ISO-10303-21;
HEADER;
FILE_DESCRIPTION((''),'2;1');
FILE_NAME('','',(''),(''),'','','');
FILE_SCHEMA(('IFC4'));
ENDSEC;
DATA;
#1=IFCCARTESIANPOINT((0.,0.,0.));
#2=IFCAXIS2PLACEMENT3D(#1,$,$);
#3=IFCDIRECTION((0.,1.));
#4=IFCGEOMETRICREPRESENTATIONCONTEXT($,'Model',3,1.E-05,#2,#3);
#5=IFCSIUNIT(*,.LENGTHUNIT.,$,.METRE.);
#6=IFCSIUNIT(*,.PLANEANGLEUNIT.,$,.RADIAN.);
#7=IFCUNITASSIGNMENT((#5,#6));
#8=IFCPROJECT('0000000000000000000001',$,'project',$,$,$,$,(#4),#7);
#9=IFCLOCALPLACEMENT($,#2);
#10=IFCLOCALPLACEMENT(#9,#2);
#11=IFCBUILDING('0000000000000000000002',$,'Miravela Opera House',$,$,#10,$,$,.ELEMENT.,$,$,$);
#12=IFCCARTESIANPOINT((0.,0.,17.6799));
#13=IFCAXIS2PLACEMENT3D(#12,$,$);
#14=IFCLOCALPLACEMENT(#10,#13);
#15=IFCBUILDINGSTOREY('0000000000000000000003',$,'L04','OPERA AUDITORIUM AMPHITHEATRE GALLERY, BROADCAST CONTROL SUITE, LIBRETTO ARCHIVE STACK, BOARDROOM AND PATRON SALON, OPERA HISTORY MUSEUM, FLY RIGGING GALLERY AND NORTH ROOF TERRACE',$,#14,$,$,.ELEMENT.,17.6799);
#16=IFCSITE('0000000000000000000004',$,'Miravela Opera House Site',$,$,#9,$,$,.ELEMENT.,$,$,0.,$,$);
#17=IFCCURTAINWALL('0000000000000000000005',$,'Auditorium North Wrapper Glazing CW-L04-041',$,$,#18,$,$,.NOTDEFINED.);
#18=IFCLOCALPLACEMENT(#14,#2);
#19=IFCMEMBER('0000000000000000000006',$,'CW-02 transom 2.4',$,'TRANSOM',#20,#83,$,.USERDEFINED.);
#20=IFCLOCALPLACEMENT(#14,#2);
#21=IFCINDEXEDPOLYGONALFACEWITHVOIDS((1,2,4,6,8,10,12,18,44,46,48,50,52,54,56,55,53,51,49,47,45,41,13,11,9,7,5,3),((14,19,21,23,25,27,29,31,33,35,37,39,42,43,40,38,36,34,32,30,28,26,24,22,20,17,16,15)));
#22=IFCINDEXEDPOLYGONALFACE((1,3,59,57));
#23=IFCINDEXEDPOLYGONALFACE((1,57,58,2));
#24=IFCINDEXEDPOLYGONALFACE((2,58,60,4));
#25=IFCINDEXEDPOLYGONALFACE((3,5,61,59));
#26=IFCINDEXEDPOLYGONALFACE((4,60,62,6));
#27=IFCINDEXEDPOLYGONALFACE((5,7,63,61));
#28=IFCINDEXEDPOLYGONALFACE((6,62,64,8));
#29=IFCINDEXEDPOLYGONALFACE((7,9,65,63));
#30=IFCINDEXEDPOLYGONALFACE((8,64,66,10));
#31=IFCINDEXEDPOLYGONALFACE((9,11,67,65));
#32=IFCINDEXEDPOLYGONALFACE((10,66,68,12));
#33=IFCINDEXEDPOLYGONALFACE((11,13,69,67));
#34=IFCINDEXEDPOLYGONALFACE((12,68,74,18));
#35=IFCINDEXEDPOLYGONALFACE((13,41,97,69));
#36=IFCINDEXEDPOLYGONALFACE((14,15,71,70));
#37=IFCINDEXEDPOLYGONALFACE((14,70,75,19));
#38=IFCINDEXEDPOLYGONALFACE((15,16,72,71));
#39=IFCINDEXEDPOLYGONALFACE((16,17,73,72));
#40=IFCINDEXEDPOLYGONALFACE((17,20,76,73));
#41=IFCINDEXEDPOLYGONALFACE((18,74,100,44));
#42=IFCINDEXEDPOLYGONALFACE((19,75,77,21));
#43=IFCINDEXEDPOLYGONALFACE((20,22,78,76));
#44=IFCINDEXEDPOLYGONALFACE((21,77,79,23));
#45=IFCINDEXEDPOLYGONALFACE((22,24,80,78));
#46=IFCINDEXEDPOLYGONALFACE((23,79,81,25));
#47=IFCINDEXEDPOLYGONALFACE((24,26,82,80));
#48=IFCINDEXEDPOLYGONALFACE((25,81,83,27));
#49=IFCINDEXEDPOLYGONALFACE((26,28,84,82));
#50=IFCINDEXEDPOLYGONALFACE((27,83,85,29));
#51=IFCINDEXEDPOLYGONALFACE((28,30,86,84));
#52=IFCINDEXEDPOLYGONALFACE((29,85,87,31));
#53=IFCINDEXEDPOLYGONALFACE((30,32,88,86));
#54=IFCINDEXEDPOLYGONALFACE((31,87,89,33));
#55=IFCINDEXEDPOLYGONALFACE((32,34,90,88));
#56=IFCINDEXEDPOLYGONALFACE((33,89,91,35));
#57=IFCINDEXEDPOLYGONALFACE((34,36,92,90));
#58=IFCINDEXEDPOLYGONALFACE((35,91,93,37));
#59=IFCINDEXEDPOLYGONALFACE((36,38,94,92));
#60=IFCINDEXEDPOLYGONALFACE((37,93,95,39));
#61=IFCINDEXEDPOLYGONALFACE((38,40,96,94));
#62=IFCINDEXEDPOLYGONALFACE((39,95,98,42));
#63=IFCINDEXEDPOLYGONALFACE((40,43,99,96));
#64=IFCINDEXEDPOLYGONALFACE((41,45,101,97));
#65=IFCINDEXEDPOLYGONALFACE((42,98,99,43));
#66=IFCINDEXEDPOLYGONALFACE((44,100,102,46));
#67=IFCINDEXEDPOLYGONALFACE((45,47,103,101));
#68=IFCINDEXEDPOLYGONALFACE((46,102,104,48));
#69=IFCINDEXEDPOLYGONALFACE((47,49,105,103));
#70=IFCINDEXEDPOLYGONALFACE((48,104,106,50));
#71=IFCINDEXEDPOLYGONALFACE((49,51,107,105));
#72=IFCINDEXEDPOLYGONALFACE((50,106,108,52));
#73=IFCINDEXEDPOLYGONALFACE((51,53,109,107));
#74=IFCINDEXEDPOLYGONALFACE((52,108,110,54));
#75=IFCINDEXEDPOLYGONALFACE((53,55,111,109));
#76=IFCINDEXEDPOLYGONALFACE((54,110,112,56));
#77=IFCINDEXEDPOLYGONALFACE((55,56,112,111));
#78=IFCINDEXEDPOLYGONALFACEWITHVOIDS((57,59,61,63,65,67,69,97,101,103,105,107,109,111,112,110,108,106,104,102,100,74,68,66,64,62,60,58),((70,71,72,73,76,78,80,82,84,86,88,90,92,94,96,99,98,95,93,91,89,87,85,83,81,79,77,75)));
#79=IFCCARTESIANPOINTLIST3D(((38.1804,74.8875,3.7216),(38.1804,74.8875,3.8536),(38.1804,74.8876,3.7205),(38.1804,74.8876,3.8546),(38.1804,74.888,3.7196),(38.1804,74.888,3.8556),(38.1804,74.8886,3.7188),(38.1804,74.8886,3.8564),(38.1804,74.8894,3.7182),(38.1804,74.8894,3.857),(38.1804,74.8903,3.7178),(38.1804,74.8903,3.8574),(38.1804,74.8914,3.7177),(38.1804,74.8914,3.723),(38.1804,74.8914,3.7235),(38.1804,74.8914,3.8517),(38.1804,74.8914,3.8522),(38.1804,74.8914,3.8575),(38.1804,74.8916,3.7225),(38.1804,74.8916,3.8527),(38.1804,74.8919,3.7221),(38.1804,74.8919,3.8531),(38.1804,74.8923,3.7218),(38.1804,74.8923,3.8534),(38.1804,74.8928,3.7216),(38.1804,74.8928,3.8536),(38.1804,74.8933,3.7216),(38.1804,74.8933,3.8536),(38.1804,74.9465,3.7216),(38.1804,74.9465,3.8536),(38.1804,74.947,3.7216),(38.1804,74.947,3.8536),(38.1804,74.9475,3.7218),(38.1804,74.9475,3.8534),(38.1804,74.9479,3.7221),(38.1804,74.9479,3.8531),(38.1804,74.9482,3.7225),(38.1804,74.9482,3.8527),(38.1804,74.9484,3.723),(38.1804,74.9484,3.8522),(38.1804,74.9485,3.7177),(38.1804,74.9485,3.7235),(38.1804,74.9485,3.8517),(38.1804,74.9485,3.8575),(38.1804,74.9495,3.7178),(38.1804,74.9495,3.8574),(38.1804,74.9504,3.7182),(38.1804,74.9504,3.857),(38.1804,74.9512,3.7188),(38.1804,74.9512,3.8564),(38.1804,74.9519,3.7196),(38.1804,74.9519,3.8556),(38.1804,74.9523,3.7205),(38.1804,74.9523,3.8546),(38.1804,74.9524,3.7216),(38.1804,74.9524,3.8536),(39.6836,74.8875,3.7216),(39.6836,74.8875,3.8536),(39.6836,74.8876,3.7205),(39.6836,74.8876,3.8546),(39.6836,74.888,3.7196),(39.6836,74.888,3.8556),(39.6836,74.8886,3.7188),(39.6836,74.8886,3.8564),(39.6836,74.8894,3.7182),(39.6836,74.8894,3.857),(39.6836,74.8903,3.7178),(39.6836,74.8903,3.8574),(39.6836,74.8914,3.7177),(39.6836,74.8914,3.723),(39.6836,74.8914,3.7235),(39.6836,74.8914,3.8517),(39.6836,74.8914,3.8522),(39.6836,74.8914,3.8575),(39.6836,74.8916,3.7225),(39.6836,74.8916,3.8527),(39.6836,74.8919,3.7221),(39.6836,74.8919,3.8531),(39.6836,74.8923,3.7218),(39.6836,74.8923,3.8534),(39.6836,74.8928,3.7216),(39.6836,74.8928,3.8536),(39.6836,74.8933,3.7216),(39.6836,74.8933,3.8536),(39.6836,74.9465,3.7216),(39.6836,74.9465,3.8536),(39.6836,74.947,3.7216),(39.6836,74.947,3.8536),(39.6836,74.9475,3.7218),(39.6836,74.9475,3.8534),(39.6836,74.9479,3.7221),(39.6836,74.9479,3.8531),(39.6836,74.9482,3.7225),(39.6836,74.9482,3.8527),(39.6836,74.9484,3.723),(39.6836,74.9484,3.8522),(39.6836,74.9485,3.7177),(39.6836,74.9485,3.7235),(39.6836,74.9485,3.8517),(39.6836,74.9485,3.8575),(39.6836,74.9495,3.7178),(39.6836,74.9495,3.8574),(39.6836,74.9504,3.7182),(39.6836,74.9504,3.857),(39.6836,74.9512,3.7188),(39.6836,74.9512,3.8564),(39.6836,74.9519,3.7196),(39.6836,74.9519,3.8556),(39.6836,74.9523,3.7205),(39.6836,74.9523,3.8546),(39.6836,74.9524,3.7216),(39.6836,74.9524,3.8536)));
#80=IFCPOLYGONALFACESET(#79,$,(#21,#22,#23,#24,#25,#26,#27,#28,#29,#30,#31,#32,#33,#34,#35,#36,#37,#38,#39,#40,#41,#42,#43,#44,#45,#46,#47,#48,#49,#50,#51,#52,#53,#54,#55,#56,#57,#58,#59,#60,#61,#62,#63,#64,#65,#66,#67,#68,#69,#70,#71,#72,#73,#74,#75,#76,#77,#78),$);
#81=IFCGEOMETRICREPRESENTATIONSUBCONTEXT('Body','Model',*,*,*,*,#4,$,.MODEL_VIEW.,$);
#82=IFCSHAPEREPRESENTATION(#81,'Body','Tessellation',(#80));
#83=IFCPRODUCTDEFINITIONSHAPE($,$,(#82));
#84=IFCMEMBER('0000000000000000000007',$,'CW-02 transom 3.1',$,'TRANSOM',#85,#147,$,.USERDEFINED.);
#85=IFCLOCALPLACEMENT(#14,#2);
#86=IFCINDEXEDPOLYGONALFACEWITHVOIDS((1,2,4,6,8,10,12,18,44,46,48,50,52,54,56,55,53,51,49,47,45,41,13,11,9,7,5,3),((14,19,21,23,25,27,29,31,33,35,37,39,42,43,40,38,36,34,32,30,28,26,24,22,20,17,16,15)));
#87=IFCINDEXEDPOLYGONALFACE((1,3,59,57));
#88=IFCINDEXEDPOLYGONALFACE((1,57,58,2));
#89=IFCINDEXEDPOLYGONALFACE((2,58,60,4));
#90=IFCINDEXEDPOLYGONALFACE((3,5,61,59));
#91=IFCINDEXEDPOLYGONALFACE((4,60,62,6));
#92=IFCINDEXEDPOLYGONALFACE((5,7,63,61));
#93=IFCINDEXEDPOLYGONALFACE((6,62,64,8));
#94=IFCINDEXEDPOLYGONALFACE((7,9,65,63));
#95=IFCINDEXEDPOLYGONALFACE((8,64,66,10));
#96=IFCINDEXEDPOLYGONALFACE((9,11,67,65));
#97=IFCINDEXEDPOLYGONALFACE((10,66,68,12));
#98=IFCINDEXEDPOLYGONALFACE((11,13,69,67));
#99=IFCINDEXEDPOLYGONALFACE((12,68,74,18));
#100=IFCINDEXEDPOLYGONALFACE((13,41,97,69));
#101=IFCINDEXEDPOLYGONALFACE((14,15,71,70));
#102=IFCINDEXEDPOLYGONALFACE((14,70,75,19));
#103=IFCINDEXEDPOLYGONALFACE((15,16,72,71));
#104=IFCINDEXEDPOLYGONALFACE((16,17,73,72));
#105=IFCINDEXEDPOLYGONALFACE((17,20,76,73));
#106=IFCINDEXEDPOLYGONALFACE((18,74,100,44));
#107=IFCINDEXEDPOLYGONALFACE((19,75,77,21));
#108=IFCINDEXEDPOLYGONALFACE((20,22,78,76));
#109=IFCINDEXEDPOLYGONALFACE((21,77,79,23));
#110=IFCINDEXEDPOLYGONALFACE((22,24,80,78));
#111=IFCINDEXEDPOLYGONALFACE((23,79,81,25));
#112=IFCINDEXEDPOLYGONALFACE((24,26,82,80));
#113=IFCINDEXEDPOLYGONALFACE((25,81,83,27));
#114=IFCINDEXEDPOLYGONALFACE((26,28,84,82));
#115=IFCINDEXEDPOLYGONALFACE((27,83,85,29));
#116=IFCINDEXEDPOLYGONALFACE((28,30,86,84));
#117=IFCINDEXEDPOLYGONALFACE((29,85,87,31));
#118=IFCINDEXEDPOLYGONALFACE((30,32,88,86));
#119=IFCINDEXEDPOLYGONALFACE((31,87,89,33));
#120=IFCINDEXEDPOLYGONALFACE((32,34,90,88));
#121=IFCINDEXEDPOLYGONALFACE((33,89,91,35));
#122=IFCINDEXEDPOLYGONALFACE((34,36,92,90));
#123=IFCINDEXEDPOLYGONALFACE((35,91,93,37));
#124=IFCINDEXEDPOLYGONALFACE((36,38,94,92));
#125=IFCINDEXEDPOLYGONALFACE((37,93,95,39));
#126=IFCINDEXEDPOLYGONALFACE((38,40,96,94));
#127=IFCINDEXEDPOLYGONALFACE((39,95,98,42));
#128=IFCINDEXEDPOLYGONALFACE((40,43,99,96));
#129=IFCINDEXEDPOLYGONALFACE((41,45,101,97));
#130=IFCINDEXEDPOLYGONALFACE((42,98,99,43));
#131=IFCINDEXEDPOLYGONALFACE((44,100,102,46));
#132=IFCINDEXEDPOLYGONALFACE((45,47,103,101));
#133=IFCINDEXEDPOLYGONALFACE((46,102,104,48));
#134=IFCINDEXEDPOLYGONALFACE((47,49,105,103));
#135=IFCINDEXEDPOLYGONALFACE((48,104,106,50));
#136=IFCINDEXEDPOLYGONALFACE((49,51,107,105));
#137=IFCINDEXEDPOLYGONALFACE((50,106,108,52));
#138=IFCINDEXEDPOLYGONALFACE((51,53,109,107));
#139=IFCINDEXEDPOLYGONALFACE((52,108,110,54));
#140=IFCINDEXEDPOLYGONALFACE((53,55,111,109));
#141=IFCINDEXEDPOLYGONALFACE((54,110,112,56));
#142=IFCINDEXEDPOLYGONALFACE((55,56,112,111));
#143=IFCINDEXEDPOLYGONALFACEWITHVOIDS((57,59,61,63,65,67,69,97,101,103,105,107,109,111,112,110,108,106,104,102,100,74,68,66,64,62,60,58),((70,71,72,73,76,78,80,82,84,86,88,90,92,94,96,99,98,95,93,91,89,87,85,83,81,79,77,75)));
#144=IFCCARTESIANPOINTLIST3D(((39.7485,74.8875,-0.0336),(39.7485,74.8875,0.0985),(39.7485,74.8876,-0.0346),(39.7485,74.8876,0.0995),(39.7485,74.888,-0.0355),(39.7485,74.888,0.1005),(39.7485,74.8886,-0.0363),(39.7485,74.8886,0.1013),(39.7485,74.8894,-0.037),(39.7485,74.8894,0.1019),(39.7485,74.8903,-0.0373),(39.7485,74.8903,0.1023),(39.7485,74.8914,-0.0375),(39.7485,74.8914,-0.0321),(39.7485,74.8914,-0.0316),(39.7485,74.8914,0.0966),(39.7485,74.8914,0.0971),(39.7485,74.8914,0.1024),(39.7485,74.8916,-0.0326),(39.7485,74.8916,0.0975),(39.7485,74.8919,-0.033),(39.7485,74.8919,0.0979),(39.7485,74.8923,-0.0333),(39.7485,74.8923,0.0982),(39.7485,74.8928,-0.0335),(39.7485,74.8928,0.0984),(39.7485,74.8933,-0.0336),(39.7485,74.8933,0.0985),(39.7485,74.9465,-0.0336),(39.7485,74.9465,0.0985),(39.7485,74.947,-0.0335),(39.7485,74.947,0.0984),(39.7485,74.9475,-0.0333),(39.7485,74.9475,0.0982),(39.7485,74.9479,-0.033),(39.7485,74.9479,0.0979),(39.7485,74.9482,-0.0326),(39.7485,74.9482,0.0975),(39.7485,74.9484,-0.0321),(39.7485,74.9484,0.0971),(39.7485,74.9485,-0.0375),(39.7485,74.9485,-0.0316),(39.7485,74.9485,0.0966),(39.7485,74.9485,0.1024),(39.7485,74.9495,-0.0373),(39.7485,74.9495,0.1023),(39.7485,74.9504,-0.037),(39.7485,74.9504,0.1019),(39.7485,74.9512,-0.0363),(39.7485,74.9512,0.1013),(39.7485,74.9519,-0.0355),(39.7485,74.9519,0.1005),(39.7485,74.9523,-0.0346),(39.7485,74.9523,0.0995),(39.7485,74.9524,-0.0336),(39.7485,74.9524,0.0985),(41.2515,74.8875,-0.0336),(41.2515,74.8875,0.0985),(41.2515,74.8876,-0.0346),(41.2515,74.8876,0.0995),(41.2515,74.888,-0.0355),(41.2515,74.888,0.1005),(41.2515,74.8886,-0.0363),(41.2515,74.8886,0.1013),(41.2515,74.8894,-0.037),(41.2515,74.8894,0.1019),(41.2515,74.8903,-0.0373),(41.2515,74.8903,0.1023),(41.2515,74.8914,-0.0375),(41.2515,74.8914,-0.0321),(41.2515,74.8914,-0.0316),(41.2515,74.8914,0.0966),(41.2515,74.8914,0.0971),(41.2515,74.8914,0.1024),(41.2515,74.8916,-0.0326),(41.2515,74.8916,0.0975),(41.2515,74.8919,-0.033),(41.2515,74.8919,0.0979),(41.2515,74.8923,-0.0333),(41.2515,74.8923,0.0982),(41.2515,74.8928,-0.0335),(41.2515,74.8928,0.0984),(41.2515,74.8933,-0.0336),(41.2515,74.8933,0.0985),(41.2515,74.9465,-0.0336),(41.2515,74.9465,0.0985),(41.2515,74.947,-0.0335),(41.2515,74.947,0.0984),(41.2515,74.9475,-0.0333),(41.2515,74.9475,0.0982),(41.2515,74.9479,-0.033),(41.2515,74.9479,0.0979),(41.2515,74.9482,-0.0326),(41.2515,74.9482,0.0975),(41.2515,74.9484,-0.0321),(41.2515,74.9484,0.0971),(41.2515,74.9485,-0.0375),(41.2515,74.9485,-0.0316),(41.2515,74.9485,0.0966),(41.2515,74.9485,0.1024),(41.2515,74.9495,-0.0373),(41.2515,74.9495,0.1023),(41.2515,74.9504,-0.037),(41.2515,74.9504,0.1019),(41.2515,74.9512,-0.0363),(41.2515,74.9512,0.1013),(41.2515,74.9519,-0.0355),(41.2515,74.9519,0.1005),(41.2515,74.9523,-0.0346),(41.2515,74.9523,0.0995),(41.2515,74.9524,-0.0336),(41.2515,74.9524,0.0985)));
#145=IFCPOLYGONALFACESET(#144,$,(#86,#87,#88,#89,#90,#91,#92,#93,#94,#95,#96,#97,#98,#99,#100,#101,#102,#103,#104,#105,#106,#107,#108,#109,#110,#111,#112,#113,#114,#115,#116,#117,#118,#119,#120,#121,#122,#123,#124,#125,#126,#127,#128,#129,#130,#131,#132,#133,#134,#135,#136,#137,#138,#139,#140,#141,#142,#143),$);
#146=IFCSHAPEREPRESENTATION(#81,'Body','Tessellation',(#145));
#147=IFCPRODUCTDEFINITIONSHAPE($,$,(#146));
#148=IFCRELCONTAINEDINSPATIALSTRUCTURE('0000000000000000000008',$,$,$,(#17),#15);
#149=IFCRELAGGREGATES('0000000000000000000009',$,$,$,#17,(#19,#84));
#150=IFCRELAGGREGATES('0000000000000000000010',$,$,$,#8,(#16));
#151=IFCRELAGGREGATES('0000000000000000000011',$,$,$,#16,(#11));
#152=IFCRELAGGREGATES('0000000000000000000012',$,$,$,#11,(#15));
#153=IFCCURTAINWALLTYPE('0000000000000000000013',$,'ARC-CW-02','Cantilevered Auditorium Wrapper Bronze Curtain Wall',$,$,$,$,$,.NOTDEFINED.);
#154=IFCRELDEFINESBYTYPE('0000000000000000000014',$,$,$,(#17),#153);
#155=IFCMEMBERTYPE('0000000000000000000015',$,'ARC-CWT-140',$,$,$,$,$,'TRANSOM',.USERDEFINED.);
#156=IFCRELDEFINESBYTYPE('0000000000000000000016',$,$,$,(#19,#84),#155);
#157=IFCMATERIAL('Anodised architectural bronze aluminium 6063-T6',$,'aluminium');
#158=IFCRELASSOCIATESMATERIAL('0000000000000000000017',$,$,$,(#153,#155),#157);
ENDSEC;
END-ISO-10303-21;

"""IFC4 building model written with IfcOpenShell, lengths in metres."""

from ifc_helpers import new_model, si_unit, direction, frame, origin, origin_2d, place, context, subcontext, project, spatial, hollow_rectangle, extrude, material, material_profile, profile_set, type_object, element, aggregate, save


model = new_model("IFC4")

# Units and contexts
model_context = context("Model", 3, precision=1e-05, world=origin(), true_north=direction((0.0, 1.0)))
body_context = subcontext(model_context, "Body", "Model", "MODEL_VIEW")
ifc_project = project(units=[si_unit("LENGTHUNIT", "METRE"), si_unit("PLANEANGLEUNIT", "RADIAN")], contexts=[model_context])

# Site, building, storey
site_placement = place(None, origin())
site = spatial("IfcSite", under=ifc_project, at=site_placement, Name="Miravela Opera House Site", CompositionType="ELEMENT", RefElevation=0.0)
building_placement = place(site_placement, origin())
building = spatial("IfcBuilding", under=site, at=building_placement, Name="Miravela Opera House", CompositionType="ELEMENT")
storey_placement = place(building_placement, frame((0.0, 0.0, 17.6799)))
storey = spatial("IfcBuildingStorey", under=building, at=storey_placement, Name="L04", Description="OPERA AUDITORIUM AMPHITHEATRE GALLERY, BROADCAST CONTROL SUITE, LIBRETTO ARCHIVE STACK, BOARDROOM AND PATRON SALON, OPERA HISTORY MUSEUM, FLY RIGGING GALLERY AND NORTH ROOF TERRACE", CompositionType="ELEMENT", Elevation=17.6799)

# Curtain wall, members
ifc_material_1 = material(Name="Anodised architectural bronze aluminium 6063-T6", Category="aluminium")
curtain_wall_type = type_object("IfcCurtainWallType", Name="ARC-CW-02", Description="Cantilevered Auditorium Wrapper Bronze Curtain Wall", PredefinedType="NOTDEFINED", material=ifc_material_1)
curtain_wall_placement = place(storey_placement, origin())
curtain_wall = element("IfcCurtainWall", 1, at=curtain_wall_placement, inside=storey, type_object=curtain_wall_type, Name="Auditorium North Wrapper Glazing CW-L04-041", PredefinedType="NOTDEFINED")
ifc_material_profile_1 = material_profile(ifc_material_1, hollow_rectangle(XDim=0.0649, YDim=0.1399, WallThickness=0.0039, InnerFilletRadius=0.002, OuterFilletRadius=0.0039, at=origin_2d()), Name="CWT-65X140")
ifc_profile_set_1 = profile_set([ifc_material_profile_1])
member_type_1 = type_object("IfcMemberType", Name="ARC-CWT-140", ElementType="TRANSOM", PredefinedType="USERDEFINED", material=ifc_profile_set_1)
member_1_placement = place(storey_placement, frame((38.1804, 74.9199, 3.7876), z_axis=(1.0, 0.0, 0.0), x_axis=(0.0, 1.0, 0.0)))
member_1 = element("IfcMember", 2, at=member_1_placement, type_object=member_type_1, Name="CW-02 transom 2.4", ObjectType="TRANSOM", PredefinedType="USERDEFINED", context=body_context, shape_type="SweptSolid", body=[
    extrude(hollow_rectangle(XDim=0.0649, YDim=0.1399, WallThickness=0.0039, InnerFilletRadius=0.002, OuterFilletRadius=0.0039, at=origin_2d()), origin(), (0.0, 0.0, 1.0), 1.5032),
])
member_2_placement = place(storey_placement, frame((39.7485, 74.9199, 0.0325), z_axis=(1.0, 0.0, 0.0), x_axis=(0.0, 1.0, 0.0)))
member_2 = element("IfcMember", 3, at=member_2_placement, type_object=member_type_1, Name="CW-02 transom 3.1", ObjectType="TRANSOM", PredefinedType="USERDEFINED", context=body_context, shape_type="SweptSolid", body=[
    extrude(hollow_rectangle(XDim=0.0649, YDim=0.1399, WallThickness=0.0039, InnerFilletRadius=0.002, OuterFilletRadius=0.0039, at=origin_2d()), origin(), (0.0, 0.0, 1.0), 1.5029),
])
aggregate(curtain_wall, [member_1, member_2])

save(model, "model.ifc")
